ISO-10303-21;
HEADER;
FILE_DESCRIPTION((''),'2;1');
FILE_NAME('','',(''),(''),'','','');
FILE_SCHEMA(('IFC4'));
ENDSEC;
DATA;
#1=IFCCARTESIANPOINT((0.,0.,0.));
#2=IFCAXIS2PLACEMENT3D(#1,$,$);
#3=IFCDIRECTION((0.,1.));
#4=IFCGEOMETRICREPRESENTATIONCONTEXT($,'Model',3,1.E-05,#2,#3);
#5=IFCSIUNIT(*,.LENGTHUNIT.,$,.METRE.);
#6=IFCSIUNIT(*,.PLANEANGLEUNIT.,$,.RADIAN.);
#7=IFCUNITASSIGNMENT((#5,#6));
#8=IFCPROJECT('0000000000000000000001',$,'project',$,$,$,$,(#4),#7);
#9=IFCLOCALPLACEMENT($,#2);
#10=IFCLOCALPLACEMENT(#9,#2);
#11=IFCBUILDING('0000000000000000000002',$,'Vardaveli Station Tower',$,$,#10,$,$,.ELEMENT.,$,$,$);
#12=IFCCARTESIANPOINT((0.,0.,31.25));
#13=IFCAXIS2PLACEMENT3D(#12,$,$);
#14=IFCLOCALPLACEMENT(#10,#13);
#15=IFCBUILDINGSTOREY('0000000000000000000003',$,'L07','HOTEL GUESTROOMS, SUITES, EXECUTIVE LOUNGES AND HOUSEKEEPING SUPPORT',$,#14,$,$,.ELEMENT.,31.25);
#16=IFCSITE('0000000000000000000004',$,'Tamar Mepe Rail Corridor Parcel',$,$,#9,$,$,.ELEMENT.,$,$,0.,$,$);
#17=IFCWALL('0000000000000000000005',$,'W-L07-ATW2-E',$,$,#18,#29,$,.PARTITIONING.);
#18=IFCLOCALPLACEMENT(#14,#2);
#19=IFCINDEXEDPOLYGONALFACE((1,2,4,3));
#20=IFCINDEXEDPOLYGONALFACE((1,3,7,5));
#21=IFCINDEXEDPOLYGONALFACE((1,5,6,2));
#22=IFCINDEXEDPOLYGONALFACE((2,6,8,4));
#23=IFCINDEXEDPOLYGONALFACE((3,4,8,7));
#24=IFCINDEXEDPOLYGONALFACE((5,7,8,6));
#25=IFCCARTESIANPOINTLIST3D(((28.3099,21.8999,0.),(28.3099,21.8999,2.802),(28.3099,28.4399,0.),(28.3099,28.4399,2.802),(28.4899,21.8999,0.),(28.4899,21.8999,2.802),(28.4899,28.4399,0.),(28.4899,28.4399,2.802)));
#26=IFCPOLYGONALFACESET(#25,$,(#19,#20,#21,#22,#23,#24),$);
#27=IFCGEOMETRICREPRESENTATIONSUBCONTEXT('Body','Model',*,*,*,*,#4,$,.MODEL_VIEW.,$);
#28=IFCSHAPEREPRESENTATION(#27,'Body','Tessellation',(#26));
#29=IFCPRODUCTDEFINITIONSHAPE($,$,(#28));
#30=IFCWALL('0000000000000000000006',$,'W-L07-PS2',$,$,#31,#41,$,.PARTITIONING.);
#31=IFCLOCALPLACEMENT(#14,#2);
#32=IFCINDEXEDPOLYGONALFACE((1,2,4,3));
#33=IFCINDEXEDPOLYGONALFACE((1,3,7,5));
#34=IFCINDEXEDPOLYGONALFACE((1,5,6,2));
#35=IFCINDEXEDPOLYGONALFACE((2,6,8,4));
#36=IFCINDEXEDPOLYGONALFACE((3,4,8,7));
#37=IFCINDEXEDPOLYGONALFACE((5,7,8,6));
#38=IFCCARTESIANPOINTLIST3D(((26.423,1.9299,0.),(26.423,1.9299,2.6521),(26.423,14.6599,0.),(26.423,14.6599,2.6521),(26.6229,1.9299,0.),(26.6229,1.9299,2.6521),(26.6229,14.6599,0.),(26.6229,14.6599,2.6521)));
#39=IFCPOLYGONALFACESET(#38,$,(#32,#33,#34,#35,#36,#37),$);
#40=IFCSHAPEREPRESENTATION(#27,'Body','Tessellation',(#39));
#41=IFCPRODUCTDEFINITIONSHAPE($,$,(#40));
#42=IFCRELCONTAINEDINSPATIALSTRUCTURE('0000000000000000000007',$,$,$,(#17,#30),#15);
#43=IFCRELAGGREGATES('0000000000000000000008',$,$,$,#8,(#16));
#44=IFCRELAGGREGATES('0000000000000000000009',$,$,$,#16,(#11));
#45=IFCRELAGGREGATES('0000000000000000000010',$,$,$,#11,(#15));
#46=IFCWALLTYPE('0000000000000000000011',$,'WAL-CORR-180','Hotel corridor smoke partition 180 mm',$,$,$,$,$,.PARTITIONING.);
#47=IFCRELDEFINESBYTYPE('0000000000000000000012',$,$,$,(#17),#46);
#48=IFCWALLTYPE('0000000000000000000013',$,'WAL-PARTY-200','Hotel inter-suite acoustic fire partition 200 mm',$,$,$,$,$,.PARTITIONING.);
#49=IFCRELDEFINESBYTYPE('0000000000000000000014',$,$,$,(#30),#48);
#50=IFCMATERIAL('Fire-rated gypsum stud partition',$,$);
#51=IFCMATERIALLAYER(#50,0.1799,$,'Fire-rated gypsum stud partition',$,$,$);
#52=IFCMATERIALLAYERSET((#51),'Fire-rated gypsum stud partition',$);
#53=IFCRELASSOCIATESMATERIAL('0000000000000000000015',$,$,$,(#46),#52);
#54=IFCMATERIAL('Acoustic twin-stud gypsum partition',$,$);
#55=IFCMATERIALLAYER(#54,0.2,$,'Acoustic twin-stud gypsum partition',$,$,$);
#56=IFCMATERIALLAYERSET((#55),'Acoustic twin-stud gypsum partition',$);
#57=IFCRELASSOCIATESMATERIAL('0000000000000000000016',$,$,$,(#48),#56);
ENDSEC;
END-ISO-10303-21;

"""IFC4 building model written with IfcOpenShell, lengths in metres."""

from ifc_helpers import new_model, si_unit, direction, frame, frame_2d, origin, place, context, subcontext, project, spatial, rectangle, extrude, source, transform, mapped, material, layer, layer_set, type_object, element, save


model = new_model("IFC4")

# Units and contexts
model_context = context("Model", 3, precision=1e-05, world=origin(), true_north=direction((0.0, 1.0)))
body_context = subcontext(model_context, "Body", "Model", "MODEL_VIEW")
ifc_project = project(units=[si_unit("LENGTHUNIT", "METRE"), si_unit("PLANEANGLEUNIT", "RADIAN")], contexts=[model_context])

# Site, building, storey
site_placement = place(None, origin())
site = spatial("IfcSite", under=ifc_project, at=site_placement, Name="Tamar Mepe Rail Corridor Parcel", CompositionType="ELEMENT", RefElevation=0.0)
building_placement = place(site_placement, origin())
building = spatial("IfcBuilding", under=site, at=building_placement, Name="Vardaveli Station Tower", CompositionType="ELEMENT")
storey_placement = place(building_placement, frame((0.0, 0.0, 31.25)))
storey = spatial("IfcBuildingStorey", under=building, at=storey_placement, Name="L07", Description="HOTEL GUESTROOMS, SUITES, EXECUTIVE LOUNGES AND HOUSEKEEPING SUPPORT", CompositionType="ELEMENT", Elevation=31.25)

# Walls
ifc_material_1 = material(Name="Fire-rated gypsum stud partition")
ifc_layer_1 = layer(ifc_material_1, 0.1799, Name="Fire-rated gypsum stud partition")
ifc_layer_set_1 = layer_set([ifc_layer_1], Name="Fire-rated gypsum stud partition")
wall_type_1 = type_object("IfcWallType", Name="WAL-CORR-180", Description="Hotel corridor smoke partition 180 mm", PredefinedType="PARTITIONING", material=ifc_layer_set_1)
shared_shape_1 = source(origin(), body_context, "Body", "SweptSolid", [
    extrude(rectangle(XDim=6.54, YDim=0.1799, at=frame_2d((3.27, 0.0))), origin(), (0.0, 0.0, 1.0), 2.802),
])
wall_1_placement = place(storey_placement, frame((28.3999, 21.8999, 0.0), z_axis=(0.0, 0.0, 1.0), x_axis=(0.0, 1.0, 0.0)))
element("IfcWall", 1, at=wall_1_placement, inside=storey, type_object=wall_type_1, Name="W-L07-ATW2-E", PredefinedType="PARTITIONING", context=body_context, shape_type="MappedRepresentation", body=[
    mapped(shared_shape_1, transform((0.0, 0.0, 0.0), scale=1.0)),
])
ifc_material_2 = material(Name="Acoustic twin-stud gypsum partition")
ifc_layer_2 = layer(ifc_material_2, 0.2, Name="Acoustic twin-stud gypsum partition")
ifc_layer_set_2 = layer_set([ifc_layer_2], Name="Acoustic twin-stud gypsum partition")
wall_type_2 = type_object("IfcWallType", Name="WAL-PARTY-200", Description="Hotel inter-suite acoustic fire partition 200 mm", PredefinedType="PARTITIONING", material=ifc_layer_set_2)
shared_shape_2 = source(origin(), body_context, "Body", "SweptSolid", [
    extrude(rectangle(XDim=12.73, YDim=0.2, at=frame_2d((6.365, 0.0))), origin(), (0.0, 0.0, 1.0), 2.6521),
])
wall_2_placement = place(storey_placement, frame((26.5229, 1.9299, 0.0), z_axis=(0.0, 0.0, 1.0), x_axis=(0.0, 1.0, 0.0)))
element("IfcWall", 2, at=wall_2_placement, inside=storey, type_object=wall_type_2, Name="W-L07-PS2", PredefinedType="PARTITIONING", context=body_context, shape_type="MappedRepresentation", body=[
    mapped(shared_shape_2, transform((0.0, 0.0, 0.0), scale=1.0)),
])

save(model, "model.ifc")
